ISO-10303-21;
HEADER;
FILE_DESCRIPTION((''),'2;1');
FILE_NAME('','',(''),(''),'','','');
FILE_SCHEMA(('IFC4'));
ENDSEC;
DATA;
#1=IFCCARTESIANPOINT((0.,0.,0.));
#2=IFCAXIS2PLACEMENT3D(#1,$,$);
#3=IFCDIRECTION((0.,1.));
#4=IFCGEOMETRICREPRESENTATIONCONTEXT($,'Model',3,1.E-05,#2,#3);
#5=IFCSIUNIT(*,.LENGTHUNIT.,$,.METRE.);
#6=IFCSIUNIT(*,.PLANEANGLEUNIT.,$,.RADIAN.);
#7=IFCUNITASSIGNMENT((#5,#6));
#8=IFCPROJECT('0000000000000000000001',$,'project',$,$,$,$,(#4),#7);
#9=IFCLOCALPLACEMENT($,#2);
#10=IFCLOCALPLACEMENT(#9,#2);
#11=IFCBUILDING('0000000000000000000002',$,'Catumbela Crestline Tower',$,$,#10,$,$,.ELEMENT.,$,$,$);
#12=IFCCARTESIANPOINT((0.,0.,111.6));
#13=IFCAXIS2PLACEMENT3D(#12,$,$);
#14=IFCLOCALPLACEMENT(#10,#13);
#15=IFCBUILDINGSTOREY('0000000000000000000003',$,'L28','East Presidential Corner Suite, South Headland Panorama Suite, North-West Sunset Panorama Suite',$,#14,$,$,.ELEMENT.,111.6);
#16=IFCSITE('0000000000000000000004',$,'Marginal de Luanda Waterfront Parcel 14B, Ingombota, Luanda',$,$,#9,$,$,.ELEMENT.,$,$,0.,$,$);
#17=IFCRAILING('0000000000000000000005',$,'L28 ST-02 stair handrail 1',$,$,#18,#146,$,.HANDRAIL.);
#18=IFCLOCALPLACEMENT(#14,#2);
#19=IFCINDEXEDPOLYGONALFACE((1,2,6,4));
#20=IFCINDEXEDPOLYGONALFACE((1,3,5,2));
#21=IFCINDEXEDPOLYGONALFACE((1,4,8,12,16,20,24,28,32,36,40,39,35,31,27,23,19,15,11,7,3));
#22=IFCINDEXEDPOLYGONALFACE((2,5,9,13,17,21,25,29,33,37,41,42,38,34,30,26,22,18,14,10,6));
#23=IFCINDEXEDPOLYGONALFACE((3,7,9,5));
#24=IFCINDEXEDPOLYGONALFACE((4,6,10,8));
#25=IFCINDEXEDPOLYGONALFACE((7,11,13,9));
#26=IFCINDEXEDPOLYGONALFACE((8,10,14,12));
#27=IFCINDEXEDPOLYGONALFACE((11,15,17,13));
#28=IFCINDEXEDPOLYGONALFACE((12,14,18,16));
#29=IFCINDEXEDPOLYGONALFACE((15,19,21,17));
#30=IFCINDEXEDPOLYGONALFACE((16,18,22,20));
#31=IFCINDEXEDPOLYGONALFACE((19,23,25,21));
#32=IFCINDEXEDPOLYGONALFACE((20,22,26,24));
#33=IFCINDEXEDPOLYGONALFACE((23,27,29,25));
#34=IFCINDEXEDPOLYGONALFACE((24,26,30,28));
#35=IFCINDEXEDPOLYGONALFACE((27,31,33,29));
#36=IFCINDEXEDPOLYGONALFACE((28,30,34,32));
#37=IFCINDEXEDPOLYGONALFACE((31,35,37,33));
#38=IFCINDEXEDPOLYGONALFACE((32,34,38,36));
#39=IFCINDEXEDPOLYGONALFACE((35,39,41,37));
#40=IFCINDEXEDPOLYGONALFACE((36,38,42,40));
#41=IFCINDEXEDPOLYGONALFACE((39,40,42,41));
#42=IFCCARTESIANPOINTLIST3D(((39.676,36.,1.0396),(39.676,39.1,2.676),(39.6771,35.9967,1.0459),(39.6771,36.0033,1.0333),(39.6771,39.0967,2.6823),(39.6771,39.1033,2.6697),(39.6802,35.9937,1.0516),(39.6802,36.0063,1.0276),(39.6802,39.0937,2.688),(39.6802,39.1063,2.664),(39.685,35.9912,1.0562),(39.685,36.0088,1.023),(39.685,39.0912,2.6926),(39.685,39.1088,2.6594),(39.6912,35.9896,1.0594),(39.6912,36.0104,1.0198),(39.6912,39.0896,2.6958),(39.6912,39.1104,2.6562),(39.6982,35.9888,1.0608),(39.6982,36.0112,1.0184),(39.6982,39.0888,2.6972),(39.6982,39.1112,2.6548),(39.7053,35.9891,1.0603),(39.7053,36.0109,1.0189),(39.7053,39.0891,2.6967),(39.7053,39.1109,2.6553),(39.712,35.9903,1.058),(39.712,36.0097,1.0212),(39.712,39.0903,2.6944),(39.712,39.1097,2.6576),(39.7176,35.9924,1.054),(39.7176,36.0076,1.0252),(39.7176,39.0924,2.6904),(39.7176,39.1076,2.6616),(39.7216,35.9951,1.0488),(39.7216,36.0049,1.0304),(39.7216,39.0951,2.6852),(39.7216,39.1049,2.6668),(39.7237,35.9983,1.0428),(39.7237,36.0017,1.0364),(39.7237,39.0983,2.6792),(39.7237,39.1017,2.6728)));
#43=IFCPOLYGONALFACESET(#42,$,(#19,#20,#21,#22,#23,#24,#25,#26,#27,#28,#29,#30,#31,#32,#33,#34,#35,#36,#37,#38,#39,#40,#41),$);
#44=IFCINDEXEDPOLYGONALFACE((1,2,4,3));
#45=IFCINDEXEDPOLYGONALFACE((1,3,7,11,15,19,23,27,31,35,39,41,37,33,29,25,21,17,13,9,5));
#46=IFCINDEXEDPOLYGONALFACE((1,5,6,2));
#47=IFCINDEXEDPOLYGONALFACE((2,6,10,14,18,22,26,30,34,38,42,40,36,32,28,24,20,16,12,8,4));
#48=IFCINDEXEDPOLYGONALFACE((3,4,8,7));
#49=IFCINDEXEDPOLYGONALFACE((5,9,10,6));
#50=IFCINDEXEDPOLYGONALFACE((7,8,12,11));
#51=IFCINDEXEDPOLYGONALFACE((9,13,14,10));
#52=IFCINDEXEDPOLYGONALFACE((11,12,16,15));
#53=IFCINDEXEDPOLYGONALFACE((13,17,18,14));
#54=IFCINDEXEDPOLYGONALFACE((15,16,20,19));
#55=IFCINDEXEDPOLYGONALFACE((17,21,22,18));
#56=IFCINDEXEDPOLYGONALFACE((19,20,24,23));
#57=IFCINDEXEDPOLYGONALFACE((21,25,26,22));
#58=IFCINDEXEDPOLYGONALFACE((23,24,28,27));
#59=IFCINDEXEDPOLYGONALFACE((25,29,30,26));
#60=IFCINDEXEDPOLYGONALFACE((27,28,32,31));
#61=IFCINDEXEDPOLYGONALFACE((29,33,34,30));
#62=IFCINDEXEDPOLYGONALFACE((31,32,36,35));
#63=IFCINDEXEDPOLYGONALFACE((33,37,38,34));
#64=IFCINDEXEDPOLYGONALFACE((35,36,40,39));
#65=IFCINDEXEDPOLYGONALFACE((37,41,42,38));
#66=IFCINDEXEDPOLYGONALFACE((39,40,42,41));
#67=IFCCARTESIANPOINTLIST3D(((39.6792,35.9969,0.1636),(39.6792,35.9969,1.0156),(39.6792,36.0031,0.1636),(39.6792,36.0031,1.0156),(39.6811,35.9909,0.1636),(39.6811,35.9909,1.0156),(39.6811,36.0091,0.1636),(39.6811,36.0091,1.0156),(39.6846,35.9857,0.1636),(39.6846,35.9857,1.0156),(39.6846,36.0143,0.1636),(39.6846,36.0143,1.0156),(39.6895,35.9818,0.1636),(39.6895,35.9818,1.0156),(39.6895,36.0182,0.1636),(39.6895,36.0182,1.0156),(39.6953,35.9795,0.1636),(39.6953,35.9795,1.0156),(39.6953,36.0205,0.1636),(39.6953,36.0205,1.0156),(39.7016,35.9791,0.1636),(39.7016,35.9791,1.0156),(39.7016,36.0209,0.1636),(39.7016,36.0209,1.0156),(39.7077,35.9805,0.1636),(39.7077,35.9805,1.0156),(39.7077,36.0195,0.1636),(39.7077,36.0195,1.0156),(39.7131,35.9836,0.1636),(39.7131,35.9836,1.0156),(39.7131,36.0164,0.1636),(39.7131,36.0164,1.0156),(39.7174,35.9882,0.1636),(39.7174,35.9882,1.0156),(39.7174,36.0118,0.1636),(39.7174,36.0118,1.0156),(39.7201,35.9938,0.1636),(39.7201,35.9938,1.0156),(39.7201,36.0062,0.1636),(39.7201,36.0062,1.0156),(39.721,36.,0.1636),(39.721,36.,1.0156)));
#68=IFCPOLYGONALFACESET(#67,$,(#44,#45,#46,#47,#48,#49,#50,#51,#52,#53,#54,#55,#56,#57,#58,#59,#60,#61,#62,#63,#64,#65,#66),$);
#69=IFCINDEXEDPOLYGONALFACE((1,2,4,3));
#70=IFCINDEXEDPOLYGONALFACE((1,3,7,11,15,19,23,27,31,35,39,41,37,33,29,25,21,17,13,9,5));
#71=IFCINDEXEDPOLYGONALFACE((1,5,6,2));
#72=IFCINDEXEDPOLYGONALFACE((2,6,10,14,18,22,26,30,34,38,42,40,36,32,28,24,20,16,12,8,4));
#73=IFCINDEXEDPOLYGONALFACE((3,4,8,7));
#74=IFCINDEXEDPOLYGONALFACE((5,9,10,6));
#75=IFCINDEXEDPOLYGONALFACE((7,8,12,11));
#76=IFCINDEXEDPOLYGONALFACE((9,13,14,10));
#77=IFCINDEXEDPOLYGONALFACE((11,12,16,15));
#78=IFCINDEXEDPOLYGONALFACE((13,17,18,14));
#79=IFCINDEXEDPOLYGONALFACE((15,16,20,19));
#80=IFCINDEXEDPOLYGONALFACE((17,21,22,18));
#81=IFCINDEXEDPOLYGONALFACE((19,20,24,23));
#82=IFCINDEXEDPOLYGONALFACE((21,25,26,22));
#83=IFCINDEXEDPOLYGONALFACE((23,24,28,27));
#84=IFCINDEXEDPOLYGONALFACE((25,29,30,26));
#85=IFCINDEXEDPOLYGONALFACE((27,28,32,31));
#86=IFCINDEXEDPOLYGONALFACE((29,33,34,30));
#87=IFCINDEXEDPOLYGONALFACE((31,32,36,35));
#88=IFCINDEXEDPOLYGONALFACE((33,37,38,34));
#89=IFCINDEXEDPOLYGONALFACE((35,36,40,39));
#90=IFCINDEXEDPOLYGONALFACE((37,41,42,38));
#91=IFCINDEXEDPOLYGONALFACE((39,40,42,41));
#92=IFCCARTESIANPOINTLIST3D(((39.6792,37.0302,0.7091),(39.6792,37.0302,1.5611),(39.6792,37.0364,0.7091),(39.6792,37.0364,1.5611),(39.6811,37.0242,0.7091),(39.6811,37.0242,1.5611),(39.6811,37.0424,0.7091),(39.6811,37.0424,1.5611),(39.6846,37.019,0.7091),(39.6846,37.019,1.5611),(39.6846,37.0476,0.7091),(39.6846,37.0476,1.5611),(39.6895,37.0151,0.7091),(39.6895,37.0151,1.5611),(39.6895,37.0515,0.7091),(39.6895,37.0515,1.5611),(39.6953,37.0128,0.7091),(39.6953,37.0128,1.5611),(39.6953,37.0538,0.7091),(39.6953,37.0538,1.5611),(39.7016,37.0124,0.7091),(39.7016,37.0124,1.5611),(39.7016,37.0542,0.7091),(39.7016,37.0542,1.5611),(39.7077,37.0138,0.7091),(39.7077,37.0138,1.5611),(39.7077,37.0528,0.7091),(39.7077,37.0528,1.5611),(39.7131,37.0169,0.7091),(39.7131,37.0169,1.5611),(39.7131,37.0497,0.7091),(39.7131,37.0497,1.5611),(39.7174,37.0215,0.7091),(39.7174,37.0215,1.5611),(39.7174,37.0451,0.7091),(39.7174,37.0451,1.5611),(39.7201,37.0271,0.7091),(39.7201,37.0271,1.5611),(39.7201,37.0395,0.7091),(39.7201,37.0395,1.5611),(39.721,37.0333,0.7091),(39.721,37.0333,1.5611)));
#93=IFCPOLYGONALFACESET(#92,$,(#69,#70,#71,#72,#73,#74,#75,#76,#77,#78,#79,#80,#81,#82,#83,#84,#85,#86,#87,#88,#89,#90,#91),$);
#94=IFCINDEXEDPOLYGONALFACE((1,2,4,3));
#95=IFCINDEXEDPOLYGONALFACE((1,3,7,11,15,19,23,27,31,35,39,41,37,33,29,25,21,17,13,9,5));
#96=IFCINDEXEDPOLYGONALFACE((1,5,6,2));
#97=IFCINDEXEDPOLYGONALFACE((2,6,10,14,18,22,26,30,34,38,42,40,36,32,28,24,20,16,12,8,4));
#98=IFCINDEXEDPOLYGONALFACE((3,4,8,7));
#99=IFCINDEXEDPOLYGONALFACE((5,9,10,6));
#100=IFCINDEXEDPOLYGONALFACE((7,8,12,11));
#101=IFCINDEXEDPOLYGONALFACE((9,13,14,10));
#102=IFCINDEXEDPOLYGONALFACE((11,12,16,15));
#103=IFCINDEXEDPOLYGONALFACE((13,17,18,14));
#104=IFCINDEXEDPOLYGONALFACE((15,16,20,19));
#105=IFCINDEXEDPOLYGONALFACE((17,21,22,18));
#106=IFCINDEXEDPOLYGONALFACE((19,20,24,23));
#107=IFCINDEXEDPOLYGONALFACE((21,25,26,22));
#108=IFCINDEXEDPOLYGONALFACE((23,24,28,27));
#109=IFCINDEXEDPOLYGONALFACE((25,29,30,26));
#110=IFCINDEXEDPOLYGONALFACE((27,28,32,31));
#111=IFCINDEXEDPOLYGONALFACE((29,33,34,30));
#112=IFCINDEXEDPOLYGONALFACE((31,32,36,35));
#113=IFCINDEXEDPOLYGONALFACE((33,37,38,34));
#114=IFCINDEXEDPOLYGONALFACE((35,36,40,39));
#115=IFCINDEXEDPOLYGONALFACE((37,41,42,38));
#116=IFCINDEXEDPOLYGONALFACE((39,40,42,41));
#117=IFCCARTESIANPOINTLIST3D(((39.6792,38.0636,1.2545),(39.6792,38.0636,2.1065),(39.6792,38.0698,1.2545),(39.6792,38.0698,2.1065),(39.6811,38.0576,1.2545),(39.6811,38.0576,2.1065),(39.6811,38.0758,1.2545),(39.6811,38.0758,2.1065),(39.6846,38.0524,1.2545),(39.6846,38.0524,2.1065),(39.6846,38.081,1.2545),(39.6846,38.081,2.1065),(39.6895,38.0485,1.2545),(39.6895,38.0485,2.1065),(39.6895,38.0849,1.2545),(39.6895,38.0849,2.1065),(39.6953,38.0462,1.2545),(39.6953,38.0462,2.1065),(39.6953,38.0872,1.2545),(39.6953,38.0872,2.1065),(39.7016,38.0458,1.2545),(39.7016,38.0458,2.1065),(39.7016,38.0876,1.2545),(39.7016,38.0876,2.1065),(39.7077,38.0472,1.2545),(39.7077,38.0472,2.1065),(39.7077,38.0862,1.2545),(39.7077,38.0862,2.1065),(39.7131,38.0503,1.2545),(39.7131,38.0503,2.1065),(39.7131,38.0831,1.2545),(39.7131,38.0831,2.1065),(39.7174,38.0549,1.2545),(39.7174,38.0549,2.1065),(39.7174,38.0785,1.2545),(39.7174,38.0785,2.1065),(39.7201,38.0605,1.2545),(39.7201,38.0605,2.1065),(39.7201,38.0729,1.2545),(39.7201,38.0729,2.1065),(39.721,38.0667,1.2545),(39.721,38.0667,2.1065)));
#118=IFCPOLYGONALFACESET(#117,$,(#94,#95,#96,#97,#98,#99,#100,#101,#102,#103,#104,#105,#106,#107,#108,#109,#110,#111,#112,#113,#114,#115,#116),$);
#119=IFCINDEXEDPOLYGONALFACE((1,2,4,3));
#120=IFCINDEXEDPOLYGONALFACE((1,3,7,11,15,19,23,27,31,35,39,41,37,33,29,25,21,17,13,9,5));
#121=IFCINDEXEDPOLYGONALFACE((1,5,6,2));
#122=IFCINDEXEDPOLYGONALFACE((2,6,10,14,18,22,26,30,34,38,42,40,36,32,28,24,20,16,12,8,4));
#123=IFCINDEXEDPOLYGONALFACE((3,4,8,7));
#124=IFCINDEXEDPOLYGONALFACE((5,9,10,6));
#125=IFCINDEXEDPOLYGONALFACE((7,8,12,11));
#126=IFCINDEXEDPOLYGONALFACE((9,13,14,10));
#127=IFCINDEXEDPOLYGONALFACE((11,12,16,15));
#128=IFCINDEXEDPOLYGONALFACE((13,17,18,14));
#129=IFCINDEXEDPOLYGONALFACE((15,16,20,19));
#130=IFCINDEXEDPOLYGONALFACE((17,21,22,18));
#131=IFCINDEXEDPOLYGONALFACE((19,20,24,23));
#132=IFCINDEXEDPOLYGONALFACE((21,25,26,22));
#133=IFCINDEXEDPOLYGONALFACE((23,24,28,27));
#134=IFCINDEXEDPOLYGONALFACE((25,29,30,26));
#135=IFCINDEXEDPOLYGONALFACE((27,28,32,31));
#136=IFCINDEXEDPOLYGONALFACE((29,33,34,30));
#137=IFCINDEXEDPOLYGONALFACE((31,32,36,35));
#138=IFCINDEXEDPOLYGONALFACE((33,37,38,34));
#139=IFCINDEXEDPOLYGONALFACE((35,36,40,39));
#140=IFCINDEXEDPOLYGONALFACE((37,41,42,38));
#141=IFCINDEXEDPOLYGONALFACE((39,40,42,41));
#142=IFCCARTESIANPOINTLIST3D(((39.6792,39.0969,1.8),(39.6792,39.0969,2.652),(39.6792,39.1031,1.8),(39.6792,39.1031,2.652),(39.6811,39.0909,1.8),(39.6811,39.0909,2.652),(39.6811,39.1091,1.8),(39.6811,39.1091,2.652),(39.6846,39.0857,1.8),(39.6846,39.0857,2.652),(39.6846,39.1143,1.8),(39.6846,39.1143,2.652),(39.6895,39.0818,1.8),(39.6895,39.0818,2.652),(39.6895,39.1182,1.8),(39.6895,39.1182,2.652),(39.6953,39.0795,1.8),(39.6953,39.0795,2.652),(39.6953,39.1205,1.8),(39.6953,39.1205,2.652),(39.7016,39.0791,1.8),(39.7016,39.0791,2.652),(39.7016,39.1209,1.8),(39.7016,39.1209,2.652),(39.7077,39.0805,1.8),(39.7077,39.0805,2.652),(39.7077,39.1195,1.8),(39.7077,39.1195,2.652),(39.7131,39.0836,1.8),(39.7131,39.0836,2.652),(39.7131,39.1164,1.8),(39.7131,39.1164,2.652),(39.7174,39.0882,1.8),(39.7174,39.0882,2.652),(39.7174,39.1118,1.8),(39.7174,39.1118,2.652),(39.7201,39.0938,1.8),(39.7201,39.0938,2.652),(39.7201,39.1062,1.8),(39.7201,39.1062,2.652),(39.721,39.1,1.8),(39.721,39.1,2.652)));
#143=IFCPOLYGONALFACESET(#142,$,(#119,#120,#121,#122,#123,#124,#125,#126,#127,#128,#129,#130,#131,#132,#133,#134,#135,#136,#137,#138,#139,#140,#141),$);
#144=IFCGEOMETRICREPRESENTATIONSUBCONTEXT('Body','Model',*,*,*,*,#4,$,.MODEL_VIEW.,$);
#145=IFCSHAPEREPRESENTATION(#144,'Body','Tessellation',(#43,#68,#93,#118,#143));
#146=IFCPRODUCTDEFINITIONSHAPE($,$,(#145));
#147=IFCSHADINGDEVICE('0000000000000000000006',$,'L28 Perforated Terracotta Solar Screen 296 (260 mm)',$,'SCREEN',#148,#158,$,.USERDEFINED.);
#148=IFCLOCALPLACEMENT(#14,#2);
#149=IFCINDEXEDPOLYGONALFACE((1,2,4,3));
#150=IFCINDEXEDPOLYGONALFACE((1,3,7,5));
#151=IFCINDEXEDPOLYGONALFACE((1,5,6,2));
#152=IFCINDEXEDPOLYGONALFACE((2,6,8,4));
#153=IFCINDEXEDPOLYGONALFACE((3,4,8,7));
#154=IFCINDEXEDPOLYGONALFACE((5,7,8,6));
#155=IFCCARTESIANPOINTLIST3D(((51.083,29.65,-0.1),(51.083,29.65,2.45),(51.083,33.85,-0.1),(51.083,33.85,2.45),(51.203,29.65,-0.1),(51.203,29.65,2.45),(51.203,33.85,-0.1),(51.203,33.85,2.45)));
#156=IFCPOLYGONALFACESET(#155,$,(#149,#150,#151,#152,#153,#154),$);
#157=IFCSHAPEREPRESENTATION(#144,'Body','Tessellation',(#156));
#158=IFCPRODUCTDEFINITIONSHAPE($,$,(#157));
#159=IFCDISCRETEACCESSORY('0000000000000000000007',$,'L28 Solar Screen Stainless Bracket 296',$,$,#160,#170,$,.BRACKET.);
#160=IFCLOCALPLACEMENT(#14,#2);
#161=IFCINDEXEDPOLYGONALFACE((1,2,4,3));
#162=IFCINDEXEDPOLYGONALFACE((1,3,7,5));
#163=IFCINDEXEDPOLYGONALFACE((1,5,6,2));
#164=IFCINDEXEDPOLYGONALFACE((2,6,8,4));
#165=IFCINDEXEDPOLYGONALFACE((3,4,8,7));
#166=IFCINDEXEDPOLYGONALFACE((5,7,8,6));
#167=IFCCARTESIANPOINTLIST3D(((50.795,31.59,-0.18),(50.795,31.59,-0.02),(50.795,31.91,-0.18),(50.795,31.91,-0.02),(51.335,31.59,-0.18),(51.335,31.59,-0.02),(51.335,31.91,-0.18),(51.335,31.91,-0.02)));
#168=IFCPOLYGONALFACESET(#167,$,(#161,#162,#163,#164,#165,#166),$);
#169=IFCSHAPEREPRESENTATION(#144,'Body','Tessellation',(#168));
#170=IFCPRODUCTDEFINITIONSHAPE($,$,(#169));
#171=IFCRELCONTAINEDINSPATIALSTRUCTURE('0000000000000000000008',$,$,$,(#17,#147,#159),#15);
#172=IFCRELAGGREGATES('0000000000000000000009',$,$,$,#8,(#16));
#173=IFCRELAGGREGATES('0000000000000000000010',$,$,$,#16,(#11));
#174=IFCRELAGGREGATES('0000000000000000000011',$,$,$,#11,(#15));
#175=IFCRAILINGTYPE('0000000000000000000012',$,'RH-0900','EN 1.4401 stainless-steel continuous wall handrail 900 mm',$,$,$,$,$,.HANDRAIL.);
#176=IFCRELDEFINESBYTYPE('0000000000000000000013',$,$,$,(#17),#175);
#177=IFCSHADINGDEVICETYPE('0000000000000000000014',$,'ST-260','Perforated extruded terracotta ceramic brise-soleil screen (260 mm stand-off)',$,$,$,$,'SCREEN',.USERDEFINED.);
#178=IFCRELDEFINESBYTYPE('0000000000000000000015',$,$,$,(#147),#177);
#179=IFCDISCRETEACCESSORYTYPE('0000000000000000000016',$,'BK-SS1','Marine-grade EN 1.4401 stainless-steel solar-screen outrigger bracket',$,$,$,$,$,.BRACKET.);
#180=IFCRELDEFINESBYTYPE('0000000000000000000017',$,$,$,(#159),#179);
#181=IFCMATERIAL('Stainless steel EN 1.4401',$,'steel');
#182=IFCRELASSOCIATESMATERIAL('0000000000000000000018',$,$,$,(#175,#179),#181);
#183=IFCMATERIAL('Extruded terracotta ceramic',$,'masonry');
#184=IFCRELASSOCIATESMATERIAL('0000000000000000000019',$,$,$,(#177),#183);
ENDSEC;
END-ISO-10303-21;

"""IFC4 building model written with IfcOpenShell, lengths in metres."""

from ifc_helpers import new_model, si_unit, direction, frame, origin, origin_2d, place, context, subcontext, project, spatial, rectangle, circle, extrude, material, type_object, element, save


model = new_model("IFC4")

# Units and contexts
model_context = context("Model", 3, precision=1e-05, world=origin(), true_north=direction((0.0, 1.0)))
body_context = subcontext(model_context, "Body", "Model", "MODEL_VIEW")
ifc_project = project(units=[si_unit("LENGTHUNIT", "METRE"), si_unit("PLANEANGLEUNIT", "RADIAN")], contexts=[model_context])

# Site, building, storey
site_placement = place(None, origin())
site = spatial("IfcSite", under=ifc_project, at=site_placement, Name="Marginal de Luanda Waterfront Parcel 14B, Ingombota, Luanda", CompositionType="ELEMENT", RefElevation=0.0)
building_placement = place(site_placement, origin())
building = spatial("IfcBuilding", under=site, at=building_placement, Name="Catumbela Crestline Tower", CompositionType="ELEMENT")
storey_placement = place(building_placement, frame((0.0, 0.0, 111.6)))
storey = spatial("IfcBuildingStorey", under=building, at=storey_placement, Name="L28", Description="East Presidential Corner Suite, South Headland Panorama Suite, North-West Sunset Panorama Suite", CompositionType="ELEMENT", Elevation=111.6)

# Railing
ifc_material_1 = material(Name="Stainless steel EN 1.4401", Category="steel")
railing_type = type_object("IfcRailingType", Name="RH-0900", Description="EN 1.4401 stainless-steel continuous wall handrail 900 mm", PredefinedType="HANDRAIL", material=ifc_material_1)
railing_placement = place(storey_placement, frame((39.7, 36.0, 0.1636)))
element("IfcRailing", 1, at=railing_placement, inside=storey, type_object=railing_type, Name="L28 ST-02 stair handrail 1", PredefinedType="HANDRAIL", context=body_context, shape_type="SweptSolid", body=[
    extrude(circle(Radius=0.024, at=origin_2d()), frame((0.0, 0.0, 0.876), z_axis=(0.0, 0.884351, 0.466823), x_axis=(-1.0, 0.0, 0.0)), (0.0, 0.0, 1.0), 3.5054),
    extrude(circle(Radius=0.021, at=origin_2d()), origin(), (0.0, 0.0, 1.0), 0.852),
    extrude(circle(Radius=0.021, at=origin_2d()), frame((0.0, 1.0333, 0.5455)), (0.0, 0.0, 1.0), 0.852),
    extrude(circle(Radius=0.021, at=origin_2d()), frame((0.0, 2.0667, 1.0909)), (0.0, 0.0, 1.0), 0.852),
    extrude(circle(Radius=0.021, at=origin_2d()), frame((0.0, 3.1, 1.6364)), (0.0, 0.0, 1.0), 0.852),
])

# Shading device
ifc_material_2 = material(Name="Extruded terracotta ceramic", Category="masonry")
shading_device_type = type_object("IfcShadingDeviceType", Name="ST-260", Description="Perforated extruded terracotta ceramic brise-soleil screen (260 mm stand-off)", ElementType="SCREEN", PredefinedType="USERDEFINED", material=ifc_material_2)
shading_device_placement = place(storey_placement, frame((51.143, 31.75, -0.1), z_axis=(0.0, 0.0, 1.0), x_axis=(0.0, 1.0, 0.0)))
element("IfcShadingDevice", 2, at=shading_device_placement, inside=storey, type_object=shading_device_type, Name="L28 Perforated Terracotta Solar Screen 296 (260 mm)", ObjectType="SCREEN", PredefinedType="USERDEFINED", context=body_context, shape_type="SweptSolid", body=[
    extrude(rectangle(XDim=4.2, YDim=0.12, at=origin_2d()), origin(), (0.0, 0.0, 1.0), 2.55),
])

# Discrete accessory
discrete_accessory_type = type_object("IfcDiscreteAccessoryType", Name="BK-SS1", Description="Marine-grade EN 1.4401 stainless-steel solar-screen outrigger bracket", PredefinedType="BRACKET", material=ifc_material_1)
discrete_accessory_placement = place(storey_placement, frame((51.065, 31.75, -0.18), z_axis=(0.0, 0.0, 1.0), x_axis=(0.0, 1.0, 0.0)))
element("IfcDiscreteAccessory", 3, at=discrete_accessory_placement, inside=storey, type_object=discrete_accessory_type, Name="L28 Solar Screen Stainless Bracket 296", PredefinedType="BRACKET", context=body_context, shape_type="SweptSolid", body=[
    extrude(rectangle(XDim=0.32, YDim=0.54, at=origin_2d()), origin(), (0.0, 0.0, 1.0), 0.16),
])

save(model, "model.ifc")
